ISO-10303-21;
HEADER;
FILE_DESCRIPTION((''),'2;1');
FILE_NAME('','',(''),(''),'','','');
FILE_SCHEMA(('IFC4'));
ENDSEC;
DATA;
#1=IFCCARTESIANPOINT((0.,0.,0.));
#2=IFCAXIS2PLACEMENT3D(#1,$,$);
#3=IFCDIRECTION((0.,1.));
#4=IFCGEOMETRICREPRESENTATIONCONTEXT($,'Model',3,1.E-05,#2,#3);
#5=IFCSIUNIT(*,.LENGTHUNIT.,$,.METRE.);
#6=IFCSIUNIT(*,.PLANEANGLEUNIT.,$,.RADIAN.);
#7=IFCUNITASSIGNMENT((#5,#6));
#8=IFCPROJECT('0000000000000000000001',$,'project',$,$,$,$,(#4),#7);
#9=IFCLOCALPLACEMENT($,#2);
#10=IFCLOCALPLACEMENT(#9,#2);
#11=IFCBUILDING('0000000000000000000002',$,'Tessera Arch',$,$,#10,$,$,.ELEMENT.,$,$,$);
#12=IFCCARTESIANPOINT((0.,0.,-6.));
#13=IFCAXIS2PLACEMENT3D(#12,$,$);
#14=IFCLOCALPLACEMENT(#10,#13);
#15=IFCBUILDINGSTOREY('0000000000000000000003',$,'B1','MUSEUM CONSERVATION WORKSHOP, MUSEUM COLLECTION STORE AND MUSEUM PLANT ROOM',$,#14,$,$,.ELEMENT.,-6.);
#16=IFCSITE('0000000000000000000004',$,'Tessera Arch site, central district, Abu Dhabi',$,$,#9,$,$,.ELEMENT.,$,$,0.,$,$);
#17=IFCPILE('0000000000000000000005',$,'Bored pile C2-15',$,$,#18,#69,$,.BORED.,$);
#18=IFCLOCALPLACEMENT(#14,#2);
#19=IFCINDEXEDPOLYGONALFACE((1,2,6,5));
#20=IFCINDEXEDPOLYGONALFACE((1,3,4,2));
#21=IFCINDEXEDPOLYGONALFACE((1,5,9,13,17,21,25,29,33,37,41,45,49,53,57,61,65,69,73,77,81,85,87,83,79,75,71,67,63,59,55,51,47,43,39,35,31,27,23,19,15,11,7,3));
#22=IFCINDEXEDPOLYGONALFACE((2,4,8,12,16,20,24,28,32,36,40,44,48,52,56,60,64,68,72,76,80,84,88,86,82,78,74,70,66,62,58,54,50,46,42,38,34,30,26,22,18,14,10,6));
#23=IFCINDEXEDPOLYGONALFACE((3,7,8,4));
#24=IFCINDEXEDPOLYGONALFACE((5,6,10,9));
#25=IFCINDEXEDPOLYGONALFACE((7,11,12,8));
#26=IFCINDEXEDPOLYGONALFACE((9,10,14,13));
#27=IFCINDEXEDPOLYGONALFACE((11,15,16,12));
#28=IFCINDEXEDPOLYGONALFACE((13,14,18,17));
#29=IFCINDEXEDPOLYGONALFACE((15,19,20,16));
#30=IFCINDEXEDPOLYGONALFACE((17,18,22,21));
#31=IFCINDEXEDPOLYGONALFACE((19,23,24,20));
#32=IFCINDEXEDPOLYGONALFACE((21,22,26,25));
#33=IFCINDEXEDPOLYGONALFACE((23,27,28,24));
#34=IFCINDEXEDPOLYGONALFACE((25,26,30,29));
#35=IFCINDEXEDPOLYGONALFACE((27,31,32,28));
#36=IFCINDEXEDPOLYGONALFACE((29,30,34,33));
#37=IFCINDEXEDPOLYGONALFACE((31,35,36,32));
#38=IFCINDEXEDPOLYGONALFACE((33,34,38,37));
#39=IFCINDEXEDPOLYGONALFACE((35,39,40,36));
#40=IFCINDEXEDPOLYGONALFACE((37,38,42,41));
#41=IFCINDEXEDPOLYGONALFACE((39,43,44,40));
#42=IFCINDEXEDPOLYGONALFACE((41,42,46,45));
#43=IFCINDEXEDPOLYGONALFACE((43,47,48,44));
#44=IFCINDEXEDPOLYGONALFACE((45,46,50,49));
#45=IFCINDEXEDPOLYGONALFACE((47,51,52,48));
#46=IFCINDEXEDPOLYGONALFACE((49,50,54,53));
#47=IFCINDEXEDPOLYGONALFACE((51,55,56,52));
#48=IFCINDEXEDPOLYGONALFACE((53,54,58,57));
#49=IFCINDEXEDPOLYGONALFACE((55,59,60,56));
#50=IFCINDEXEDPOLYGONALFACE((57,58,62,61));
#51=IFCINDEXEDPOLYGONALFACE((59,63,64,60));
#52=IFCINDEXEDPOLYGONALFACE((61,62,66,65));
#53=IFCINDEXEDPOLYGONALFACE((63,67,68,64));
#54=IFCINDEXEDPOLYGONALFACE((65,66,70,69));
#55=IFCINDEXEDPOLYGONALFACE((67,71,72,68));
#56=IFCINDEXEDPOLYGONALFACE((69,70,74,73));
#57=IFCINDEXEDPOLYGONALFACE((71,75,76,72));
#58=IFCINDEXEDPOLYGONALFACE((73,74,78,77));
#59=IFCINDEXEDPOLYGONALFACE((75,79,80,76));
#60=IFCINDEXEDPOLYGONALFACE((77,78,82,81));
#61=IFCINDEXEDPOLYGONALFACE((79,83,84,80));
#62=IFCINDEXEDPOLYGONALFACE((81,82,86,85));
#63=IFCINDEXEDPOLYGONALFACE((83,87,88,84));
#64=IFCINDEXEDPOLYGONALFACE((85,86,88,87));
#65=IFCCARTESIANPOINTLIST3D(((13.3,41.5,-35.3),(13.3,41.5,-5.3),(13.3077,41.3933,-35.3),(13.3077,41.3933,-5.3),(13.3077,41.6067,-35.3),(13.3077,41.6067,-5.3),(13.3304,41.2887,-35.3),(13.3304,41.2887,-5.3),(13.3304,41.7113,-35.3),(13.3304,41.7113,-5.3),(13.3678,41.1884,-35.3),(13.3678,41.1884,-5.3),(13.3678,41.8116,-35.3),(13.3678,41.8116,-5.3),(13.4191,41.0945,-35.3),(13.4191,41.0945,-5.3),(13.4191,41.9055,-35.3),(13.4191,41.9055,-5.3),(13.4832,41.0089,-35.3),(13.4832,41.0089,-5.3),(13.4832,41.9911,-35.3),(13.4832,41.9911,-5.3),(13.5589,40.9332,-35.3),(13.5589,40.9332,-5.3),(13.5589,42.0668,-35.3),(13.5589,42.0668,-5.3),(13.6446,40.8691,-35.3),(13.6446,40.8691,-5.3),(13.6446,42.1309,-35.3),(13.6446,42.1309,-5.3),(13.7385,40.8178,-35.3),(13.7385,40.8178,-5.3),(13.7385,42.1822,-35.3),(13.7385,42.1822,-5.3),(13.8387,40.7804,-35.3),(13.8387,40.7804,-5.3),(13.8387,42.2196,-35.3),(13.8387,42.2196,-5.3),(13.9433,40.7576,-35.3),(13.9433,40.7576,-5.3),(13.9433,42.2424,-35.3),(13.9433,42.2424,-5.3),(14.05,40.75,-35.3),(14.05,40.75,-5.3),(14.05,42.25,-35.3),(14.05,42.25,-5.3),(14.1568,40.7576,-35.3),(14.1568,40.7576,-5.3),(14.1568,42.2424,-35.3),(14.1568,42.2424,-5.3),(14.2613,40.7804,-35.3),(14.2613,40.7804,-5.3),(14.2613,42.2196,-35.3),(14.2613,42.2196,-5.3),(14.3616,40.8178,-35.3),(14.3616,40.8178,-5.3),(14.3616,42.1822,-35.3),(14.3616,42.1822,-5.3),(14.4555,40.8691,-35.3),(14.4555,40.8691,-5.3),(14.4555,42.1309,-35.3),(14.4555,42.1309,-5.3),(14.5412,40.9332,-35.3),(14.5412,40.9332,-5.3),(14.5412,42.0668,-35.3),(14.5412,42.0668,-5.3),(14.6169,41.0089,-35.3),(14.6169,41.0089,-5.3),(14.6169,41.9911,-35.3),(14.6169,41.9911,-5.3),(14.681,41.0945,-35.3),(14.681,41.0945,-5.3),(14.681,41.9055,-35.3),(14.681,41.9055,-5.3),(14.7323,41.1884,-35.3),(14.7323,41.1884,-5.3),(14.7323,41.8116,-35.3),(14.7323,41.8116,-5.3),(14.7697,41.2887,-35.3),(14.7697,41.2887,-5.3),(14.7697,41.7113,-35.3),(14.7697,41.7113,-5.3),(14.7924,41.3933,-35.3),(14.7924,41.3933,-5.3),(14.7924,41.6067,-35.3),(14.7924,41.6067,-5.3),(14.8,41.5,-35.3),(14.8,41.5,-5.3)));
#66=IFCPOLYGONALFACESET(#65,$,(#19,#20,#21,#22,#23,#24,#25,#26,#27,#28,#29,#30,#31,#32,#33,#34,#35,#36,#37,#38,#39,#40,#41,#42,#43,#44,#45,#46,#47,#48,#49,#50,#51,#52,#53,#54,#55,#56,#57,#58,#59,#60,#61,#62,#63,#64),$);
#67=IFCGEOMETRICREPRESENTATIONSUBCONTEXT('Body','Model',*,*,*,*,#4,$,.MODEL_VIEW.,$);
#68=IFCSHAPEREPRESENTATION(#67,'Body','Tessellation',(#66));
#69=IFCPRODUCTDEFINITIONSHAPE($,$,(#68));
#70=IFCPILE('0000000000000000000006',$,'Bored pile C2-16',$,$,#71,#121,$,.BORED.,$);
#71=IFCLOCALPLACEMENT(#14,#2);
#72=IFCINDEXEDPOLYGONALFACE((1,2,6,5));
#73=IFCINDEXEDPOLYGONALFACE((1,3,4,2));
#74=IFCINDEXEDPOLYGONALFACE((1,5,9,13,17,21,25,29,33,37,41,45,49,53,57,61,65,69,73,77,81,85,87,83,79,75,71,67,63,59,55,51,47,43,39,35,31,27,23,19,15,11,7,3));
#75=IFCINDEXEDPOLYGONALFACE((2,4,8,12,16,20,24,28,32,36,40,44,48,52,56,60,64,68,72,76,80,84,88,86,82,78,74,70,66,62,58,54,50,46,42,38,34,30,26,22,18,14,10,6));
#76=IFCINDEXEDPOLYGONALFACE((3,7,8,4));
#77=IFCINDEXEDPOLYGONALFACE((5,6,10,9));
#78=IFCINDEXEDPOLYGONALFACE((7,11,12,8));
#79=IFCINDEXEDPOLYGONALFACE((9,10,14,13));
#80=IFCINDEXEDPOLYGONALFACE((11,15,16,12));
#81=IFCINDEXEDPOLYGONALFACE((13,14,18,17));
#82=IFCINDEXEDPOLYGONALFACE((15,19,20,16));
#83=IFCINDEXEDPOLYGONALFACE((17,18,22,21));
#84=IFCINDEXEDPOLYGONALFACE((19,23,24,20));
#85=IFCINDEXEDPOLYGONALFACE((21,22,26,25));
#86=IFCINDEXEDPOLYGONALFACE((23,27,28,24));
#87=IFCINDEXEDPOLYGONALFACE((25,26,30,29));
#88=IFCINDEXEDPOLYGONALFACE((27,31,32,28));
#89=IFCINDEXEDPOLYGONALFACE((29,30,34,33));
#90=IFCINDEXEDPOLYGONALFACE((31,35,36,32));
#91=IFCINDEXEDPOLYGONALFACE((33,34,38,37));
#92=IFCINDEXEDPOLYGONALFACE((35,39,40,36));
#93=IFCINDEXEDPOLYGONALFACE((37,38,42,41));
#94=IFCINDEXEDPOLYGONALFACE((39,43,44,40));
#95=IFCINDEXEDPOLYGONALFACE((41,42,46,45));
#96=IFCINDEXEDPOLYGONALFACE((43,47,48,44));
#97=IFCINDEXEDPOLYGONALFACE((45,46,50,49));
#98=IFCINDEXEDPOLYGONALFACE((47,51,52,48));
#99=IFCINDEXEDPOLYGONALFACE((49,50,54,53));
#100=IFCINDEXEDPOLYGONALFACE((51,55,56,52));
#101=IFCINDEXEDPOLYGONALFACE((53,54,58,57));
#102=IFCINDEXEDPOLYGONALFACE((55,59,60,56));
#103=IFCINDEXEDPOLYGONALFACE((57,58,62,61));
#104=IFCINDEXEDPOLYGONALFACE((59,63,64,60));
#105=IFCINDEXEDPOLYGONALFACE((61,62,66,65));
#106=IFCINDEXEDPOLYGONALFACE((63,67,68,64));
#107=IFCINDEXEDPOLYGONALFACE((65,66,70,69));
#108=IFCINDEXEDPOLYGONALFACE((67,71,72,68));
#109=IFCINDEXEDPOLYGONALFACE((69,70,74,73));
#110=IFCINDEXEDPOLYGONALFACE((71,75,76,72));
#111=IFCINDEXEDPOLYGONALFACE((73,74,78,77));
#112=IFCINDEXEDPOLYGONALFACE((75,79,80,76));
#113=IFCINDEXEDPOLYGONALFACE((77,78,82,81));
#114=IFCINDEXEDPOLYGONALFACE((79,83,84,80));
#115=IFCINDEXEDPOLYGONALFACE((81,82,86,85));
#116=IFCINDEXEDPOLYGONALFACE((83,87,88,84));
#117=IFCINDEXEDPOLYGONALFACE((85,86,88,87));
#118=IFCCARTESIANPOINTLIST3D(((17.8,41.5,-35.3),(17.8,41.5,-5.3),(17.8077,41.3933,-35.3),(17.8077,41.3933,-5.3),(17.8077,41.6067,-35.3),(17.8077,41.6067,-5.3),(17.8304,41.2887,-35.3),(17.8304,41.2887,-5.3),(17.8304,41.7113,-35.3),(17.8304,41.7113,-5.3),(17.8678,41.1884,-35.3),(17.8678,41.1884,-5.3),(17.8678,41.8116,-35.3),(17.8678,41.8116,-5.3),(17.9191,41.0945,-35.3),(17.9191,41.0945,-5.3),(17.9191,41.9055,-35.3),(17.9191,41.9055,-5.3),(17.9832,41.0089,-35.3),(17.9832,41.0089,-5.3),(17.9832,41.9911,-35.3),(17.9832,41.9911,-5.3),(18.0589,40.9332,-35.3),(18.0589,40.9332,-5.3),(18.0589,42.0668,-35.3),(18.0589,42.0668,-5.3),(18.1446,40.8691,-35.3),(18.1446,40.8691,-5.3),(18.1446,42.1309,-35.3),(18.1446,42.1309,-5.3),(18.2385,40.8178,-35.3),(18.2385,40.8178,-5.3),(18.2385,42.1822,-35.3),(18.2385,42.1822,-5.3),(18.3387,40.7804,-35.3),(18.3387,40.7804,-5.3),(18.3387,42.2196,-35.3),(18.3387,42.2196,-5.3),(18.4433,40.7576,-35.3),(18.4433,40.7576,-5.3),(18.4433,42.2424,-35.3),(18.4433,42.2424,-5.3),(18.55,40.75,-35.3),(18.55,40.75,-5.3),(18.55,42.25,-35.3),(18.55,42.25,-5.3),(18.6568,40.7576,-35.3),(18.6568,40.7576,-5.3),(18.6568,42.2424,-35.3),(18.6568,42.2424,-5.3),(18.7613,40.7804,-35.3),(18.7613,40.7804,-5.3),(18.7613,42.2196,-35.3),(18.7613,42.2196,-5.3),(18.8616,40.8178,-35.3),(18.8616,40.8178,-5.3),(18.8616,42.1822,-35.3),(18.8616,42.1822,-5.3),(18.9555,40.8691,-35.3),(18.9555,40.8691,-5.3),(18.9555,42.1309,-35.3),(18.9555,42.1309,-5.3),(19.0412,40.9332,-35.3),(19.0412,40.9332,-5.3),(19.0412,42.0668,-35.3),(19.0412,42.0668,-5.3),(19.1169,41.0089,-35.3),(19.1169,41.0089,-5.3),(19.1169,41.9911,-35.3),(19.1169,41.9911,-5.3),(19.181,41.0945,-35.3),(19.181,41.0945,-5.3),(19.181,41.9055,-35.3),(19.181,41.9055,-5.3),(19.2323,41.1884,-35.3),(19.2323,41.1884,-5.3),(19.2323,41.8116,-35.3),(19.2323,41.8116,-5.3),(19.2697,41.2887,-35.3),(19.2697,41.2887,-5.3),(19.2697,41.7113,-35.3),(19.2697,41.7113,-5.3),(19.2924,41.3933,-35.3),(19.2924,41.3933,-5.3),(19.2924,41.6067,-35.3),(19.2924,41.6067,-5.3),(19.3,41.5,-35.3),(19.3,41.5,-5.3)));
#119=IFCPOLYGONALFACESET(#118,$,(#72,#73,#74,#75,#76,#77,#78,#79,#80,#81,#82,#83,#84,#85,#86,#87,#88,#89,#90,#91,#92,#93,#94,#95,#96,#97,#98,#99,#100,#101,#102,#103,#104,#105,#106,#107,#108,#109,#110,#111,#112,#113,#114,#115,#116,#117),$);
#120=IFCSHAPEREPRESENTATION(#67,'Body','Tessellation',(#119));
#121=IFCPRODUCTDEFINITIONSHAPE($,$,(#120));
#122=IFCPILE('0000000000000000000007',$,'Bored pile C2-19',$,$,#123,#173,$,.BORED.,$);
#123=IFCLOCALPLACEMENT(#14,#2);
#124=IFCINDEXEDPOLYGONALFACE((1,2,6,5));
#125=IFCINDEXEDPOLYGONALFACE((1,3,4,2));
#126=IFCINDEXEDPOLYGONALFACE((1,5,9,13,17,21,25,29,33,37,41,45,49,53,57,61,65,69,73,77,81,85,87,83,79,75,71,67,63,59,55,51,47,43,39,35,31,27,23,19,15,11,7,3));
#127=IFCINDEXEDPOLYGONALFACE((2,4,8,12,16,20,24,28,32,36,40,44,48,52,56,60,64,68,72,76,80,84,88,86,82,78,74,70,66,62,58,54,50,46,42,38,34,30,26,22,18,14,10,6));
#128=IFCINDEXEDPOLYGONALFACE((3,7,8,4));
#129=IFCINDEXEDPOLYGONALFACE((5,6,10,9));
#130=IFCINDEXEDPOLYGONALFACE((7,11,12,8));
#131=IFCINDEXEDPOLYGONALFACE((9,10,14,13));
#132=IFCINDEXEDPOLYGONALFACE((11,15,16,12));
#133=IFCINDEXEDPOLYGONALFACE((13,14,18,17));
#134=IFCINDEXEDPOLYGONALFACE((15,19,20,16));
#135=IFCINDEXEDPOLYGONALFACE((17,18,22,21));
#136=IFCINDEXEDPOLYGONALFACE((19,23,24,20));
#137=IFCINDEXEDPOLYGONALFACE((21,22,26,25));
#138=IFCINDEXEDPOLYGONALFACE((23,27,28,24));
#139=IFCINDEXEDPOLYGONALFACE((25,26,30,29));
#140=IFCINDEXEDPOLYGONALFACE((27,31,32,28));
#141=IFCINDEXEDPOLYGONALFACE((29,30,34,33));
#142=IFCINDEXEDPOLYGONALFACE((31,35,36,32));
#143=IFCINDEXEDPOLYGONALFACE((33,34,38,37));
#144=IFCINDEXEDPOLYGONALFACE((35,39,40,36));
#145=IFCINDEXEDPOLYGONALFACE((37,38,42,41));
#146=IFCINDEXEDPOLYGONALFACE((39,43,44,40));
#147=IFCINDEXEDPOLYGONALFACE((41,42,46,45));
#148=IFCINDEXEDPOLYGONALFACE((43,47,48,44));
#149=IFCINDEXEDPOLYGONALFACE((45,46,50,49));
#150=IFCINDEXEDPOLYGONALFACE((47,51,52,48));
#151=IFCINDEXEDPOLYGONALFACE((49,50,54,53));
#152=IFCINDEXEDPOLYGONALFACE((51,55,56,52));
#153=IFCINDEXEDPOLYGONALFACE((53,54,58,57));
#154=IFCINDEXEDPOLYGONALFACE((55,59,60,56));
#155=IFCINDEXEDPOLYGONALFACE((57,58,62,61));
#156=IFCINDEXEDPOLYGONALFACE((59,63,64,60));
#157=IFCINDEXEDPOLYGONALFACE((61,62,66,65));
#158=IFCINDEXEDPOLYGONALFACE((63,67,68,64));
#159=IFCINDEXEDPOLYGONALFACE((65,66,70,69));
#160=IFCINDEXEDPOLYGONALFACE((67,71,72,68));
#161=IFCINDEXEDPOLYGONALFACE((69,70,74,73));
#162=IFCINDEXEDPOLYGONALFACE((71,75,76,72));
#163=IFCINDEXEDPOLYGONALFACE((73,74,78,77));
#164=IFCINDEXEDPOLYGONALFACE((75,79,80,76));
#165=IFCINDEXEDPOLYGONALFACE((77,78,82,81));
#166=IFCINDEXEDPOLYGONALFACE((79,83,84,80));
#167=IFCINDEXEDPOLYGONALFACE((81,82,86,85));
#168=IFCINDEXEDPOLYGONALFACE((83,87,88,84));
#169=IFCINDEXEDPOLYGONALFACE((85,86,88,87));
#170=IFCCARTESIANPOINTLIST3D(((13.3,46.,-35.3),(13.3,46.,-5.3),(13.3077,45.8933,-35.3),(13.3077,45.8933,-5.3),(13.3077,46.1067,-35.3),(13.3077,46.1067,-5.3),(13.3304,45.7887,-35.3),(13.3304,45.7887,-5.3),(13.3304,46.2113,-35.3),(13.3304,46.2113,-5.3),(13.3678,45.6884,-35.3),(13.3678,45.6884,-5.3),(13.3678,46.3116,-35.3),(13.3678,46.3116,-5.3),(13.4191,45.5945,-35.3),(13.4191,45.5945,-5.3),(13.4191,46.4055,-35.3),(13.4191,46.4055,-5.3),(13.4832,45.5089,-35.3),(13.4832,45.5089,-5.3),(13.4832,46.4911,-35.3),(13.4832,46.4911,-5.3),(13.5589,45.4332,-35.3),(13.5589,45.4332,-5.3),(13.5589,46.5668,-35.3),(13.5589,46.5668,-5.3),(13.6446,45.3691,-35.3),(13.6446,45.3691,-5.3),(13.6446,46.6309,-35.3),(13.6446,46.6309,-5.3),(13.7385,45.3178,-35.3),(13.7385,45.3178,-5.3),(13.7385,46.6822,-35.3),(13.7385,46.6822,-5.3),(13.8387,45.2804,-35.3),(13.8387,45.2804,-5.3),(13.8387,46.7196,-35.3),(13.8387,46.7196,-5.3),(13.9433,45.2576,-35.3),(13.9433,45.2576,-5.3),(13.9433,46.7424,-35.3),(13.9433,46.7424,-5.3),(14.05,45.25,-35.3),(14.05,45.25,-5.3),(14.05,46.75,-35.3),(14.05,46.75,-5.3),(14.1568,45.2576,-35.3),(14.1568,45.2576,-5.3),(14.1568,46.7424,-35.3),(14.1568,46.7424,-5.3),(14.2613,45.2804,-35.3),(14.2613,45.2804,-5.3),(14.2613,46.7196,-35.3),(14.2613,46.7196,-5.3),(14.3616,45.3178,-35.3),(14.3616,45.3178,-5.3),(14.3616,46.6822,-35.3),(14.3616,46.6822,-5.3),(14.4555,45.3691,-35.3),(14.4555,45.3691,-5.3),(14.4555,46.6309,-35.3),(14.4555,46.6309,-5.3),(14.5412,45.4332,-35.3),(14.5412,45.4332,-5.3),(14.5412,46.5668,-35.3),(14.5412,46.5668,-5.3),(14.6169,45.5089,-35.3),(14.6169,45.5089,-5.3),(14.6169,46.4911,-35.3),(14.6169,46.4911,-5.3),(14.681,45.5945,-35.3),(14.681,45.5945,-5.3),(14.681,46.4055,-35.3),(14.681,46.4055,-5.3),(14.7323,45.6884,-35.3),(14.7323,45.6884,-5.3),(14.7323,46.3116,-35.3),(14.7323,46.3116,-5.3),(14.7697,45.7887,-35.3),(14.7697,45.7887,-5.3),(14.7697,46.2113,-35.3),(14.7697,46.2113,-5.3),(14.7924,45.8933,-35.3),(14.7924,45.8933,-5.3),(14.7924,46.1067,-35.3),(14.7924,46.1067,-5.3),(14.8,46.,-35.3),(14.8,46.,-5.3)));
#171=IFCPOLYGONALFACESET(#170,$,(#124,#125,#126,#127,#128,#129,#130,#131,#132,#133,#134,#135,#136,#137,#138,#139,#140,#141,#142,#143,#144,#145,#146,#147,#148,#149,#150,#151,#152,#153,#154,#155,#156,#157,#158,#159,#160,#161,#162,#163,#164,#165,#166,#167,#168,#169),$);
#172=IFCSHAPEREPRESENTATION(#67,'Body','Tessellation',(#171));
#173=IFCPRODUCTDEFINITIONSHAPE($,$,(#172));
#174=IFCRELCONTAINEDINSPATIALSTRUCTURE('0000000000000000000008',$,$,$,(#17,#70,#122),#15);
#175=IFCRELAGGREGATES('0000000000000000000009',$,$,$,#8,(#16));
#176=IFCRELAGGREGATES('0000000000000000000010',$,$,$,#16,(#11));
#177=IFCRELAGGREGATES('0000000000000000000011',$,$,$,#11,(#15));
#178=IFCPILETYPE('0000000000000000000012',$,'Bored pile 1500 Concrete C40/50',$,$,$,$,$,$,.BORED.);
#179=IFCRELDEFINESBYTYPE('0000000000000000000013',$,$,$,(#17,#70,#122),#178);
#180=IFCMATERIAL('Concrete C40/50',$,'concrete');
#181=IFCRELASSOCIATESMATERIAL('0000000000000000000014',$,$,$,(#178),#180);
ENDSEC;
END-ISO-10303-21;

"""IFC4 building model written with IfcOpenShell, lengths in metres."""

from ifc_helpers import new_model, si_unit, direction, frame, origin, origin_2d, place, context, subcontext, project, spatial, circle, extrude, material, type_object, element, save


model = new_model("IFC4")

# Units and contexts
model_context = context("Model", 3, precision=1e-05, world=origin(), true_north=direction((0.0, 1.0)))
body_context = subcontext(model_context, "Body", "Model", "MODEL_VIEW")
ifc_project = project(units=[si_unit("LENGTHUNIT", "METRE"), si_unit("PLANEANGLEUNIT", "RADIAN")], contexts=[model_context])

# Site, building, storey
site_placement = place(None, origin())
site = spatial("IfcSite", under=ifc_project, at=site_placement, Name="Tessera Arch site, central district, Abu Dhabi", CompositionType="ELEMENT", RefElevation=0.0)
building_placement = place(site_placement, origin())
building = spatial("IfcBuilding", under=site, at=building_placement, Name="Tessera Arch", CompositionType="ELEMENT")
storey_placement = place(building_placement, frame((0.0, 0.0, -6.0)))
storey = spatial("IfcBuildingStorey", under=building, at=storey_placement, Name="B1", Description="MUSEUM CONSERVATION WORKSHOP, MUSEUM COLLECTION STORE AND MUSEUM PLANT ROOM", CompositionType="ELEMENT", Elevation=-6.0)

# Piles
ifc_material_1 = material(Name="Concrete C40/50", Category="concrete")
pile_type = type_object("IfcPileType", Name="Bored pile 1500 Concrete C40/50", PredefinedType="BORED", material=ifc_material_1)
for number, where, z_axis, x_axis, name in (
    (1, (14.05, 41.5, -5.3), (0.0, 0.0, -1.0), (1.0, 0.0, 0.0), "Bored pile C2-15"),
    (2, (18.55, 41.5, -5.3), (0.0, 0.0, -1.0), (1.0, 0.0, 0.0), "Bored pile C2-16"),
    (3, (14.05, 46.0, -5.3), (0.0, 0.0, -1.0), (1.0, 0.0, 0.0), "Bored pile C2-19"),
):
    element("IfcPile", number, at=place(storey_placement, frame(where, z_axis=z_axis, x_axis=x_axis)), inside=storey, type_object=pile_type, Name=name, PredefinedType="BORED", context=body_context, shape_type="SweptSolid", body=[
        extrude(circle(Radius=0.75, at=origin_2d()), origin(), (0.0, 0.0, 1.0), 30.0),
    ])

save(model, "model.ifc")
